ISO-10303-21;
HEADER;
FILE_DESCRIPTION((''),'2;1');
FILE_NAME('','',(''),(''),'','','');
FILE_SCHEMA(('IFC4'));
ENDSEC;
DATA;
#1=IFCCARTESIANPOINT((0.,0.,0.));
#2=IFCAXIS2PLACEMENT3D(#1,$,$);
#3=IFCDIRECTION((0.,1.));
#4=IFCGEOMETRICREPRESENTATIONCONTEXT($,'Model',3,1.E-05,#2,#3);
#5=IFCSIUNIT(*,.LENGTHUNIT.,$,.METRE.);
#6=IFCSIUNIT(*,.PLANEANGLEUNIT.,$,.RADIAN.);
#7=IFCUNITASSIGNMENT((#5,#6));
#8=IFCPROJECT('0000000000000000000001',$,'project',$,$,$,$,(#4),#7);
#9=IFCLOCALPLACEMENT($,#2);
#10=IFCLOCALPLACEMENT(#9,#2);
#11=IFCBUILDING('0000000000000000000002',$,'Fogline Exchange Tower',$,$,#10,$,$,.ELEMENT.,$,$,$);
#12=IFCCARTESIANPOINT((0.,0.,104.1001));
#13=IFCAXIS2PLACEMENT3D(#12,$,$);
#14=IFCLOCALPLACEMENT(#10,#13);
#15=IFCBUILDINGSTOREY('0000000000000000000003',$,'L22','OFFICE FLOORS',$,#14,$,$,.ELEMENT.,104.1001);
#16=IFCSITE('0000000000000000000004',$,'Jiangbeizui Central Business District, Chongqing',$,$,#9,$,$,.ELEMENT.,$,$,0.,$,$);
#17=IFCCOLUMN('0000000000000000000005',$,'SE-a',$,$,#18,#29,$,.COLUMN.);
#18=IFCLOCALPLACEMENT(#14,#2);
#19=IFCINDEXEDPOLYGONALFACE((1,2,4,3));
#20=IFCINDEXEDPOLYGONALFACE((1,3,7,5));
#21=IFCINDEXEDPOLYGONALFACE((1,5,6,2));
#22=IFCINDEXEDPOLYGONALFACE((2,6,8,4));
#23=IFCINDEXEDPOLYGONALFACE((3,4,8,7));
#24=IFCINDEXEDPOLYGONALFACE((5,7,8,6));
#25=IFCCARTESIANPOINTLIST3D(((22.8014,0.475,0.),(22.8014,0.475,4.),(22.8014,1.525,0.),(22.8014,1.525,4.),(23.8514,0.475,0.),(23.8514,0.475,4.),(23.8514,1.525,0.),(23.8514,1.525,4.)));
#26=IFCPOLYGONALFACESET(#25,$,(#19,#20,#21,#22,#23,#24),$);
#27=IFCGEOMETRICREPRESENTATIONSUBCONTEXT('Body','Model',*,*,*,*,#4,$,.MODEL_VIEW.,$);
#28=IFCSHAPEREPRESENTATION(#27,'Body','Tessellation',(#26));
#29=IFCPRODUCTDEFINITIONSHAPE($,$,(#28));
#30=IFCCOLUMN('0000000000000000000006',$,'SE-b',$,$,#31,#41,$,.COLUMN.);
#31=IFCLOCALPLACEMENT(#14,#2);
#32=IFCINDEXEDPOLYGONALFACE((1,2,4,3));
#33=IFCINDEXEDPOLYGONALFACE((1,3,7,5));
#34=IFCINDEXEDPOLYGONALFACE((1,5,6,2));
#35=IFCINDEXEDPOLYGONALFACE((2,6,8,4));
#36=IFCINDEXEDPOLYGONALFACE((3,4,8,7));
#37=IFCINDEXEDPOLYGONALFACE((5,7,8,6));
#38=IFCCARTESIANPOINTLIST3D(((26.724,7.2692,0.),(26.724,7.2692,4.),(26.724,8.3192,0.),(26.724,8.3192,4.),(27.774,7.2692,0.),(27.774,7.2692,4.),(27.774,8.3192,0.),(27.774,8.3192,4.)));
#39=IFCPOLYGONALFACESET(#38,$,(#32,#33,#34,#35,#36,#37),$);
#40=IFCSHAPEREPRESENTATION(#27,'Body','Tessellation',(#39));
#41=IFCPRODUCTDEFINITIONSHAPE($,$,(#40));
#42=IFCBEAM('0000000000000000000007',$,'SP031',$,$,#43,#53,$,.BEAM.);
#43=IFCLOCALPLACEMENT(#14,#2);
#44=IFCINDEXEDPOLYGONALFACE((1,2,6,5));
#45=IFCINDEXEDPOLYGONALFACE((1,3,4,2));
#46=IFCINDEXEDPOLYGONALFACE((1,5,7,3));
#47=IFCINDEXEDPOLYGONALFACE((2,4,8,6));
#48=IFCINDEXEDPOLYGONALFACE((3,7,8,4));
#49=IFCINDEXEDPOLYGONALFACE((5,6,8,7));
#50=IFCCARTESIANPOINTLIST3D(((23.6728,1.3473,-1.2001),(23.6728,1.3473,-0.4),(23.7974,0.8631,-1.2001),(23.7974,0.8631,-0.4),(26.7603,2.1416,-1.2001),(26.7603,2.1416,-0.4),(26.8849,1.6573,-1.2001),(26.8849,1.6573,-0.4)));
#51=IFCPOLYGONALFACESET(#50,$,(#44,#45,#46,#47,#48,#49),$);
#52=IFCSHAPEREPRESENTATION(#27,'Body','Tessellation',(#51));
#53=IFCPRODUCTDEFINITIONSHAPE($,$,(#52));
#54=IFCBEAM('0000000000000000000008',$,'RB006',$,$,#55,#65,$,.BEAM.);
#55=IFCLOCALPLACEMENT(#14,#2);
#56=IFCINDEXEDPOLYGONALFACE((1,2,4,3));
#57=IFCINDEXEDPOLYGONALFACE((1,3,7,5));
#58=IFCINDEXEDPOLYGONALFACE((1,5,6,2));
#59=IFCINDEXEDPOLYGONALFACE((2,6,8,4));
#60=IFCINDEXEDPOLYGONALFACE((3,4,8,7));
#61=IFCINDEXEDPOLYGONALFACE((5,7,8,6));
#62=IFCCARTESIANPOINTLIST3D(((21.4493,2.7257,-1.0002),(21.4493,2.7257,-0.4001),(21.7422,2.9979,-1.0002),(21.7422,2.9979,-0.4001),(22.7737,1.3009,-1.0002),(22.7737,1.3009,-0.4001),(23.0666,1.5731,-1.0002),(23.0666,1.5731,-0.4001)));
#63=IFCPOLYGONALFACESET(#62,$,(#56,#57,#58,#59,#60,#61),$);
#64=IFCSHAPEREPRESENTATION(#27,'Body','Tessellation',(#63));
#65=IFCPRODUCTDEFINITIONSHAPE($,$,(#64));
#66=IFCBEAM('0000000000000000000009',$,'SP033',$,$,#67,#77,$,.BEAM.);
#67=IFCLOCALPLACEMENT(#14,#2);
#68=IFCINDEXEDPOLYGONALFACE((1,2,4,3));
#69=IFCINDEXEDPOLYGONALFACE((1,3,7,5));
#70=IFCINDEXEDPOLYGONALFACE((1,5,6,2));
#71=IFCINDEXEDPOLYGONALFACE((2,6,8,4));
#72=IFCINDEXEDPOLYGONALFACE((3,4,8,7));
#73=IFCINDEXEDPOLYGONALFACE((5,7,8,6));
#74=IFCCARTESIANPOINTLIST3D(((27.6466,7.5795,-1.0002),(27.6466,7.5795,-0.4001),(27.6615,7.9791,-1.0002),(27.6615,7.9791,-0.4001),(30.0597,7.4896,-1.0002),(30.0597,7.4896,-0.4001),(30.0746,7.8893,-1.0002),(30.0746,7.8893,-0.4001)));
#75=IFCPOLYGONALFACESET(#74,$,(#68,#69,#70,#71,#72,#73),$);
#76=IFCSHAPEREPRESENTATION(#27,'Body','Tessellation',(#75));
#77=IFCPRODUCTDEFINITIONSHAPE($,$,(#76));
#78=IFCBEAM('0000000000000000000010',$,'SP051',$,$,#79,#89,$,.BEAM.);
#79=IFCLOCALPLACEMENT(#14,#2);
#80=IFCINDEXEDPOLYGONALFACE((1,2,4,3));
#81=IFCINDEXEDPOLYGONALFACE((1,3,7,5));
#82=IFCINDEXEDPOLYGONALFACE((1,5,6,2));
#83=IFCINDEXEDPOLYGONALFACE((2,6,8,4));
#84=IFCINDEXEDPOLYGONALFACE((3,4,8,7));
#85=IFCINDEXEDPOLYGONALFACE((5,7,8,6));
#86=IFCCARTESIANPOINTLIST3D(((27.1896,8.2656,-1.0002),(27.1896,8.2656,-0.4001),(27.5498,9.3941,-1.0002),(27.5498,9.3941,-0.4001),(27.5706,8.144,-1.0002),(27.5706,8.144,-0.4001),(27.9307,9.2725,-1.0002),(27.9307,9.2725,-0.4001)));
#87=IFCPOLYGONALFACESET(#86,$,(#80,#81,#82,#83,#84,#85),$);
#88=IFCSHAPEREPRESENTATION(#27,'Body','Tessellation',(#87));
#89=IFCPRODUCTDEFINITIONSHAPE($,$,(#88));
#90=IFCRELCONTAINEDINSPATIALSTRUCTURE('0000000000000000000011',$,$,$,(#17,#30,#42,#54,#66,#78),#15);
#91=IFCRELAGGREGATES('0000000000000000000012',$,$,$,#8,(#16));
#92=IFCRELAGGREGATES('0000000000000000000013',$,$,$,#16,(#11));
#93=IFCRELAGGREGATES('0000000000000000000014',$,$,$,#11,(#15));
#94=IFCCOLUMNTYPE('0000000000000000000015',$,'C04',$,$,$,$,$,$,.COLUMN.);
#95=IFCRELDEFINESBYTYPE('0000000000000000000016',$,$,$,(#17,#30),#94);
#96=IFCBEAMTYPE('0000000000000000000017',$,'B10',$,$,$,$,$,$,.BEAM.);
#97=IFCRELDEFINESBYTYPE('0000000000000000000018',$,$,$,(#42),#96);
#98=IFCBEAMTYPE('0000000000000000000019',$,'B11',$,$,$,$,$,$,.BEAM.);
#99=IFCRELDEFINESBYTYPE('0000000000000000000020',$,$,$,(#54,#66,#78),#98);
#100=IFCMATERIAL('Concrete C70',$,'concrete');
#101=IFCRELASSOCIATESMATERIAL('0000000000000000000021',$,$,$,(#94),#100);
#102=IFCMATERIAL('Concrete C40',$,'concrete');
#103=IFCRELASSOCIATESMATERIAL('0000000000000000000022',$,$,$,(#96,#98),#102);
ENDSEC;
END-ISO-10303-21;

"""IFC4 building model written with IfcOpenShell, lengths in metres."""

from ifc_helpers import new_model, si_unit, direction, frame, origin, origin_2d, place, context, subcontext, project, spatial, rectangle, extrude, material, material_profile, profile_set, type_object, element, save


model = new_model("IFC4")

# Units and contexts
model_context = context("Model", 3, precision=1e-05, world=origin(), true_north=direction((0.0, 1.0)))
body_context = subcontext(model_context, "Body", "Model", "MODEL_VIEW")
ifc_project = project(units=[si_unit("LENGTHUNIT", "METRE"), si_unit("PLANEANGLEUNIT", "RADIAN")], contexts=[model_context])

# Site, building, storey
site_placement = place(None, origin())
site = spatial("IfcSite", under=ifc_project, at=site_placement, Name="Jiangbeizui Central Business District, Chongqing", CompositionType="ELEMENT", RefElevation=0.0)
building_placement = place(site_placement, origin())
building = spatial("IfcBuilding", under=site, at=building_placement, Name="Fogline Exchange Tower", CompositionType="ELEMENT")
storey_placement = place(building_placement, frame((0.0, 0.0, 104.1001)))
storey = spatial("IfcBuildingStorey", under=building, at=storey_placement, Name="L22", Description="OFFICE FLOORS", CompositionType="ELEMENT", Elevation=104.1001)

# Columns
ifc_material_1 = material(Name="Concrete C70", Category="concrete")
ifc_material_profile_1 = material_profile(ifc_material_1, rectangle(XDim=1.05, YDim=1.05, at=origin_2d()), Name="RC 1050x1050")
ifc_profile_set_1 = profile_set([ifc_material_profile_1], Name="Concrete C70")
column_type = type_object("IfcColumnType", Name="C04", PredefinedType="COLUMN", material=ifc_profile_set_1)
for number, where, z_axis, x_axis, name in (
    (1, (23.3264, 1.0, 0.0), (0.0, 0.0, 1.0), (1.0, 0.0, 0.0), "SE-a"),
    (2, (27.249, 7.7942, 0.0), (0.0, 0.0, 1.0), (1.0, 0.0, 0.0), "SE-b"),
):
    element("IfcColumn", number, at=place(storey_placement, frame(where, z_axis=z_axis, x_axis=x_axis)), inside=storey, type_object=column_type, Name=name, PredefinedType="COLUMN", context=body_context, shape_type="SweptSolid", body=[
        extrude(rectangle(XDim=1.05, YDim=1.05, at=origin_2d()), origin(), (0.0, 0.0, 1.0), 4.0),
    ])

# Beams
ifc_material_2 = material(Name="Concrete C40", Category="concrete")
ifc_material_profile_2 = material_profile(ifc_material_2, rectangle(XDim=0.5, YDim=0.8, at=origin_2d()), Name="RC 500x800")
ifc_profile_set_2 = profile_set([ifc_material_profile_2], Name="Concrete C40")
beam_type_1 = type_object("IfcBeamType", Name="B10", PredefinedType="BEAM", material=ifc_profile_set_2)
beam_1_placement = place(storey_placement, frame((23.7351, 1.1052, -0.8), z_axis=(0.968471, 0.249125, 0.0), x_axis=(-0.249125, 0.968471, 0.0)))
element("IfcBeam", 3, at=beam_1_placement, inside=storey, type_object=beam_type_1, Name="SP031", PredefinedType="BEAM", context=body_context, shape_type="SweptSolid", body=[
    extrude(rectangle(XDim=0.5, YDim=0.8, at=origin_2d()), origin(), (0.0, 0.0, 1.0), 3.188),
])
ifc_material_profile_3 = material_profile(ifc_material_2, rectangle(XDim=0.3999, YDim=0.6001, at=origin_2d()), Name="RC 400x600")
ifc_profile_set_3 = profile_set([ifc_material_profile_3], Name="Concrete C40")
beam_type_2 = type_object("IfcBeamType", Name="B11", PredefinedType="BEAM", material=ifc_profile_set_3)
beam_2_placement = place(storey_placement, frame((22.9202, 1.437, -0.7002), z_axis=(-0.680846, 0.732427, 0.0), x_axis=(-0.732427, -0.680846, 0.0)))
element("IfcBeam", 4, at=beam_2_placement, inside=storey, type_object=beam_type_2, Name="RB006", PredefinedType="BEAM", context=body_context, shape_type="SweptSolid", body=[
    extrude(rectangle(XDim=0.3999, YDim=0.6001, at=origin_2d()), origin(), (0.0, 0.0, 1.0), 1.9453),
])
beam_3_placement = place(storey_placement, frame((27.6541, 7.7793, -0.7002), z_axis=(0.999308, -0.037206, 0.0), x_axis=(0.037206, 0.999308, 0.0)))
element("IfcBeam", 5, at=beam_3_placement, inside=storey, type_object=beam_type_2, Name="SP033", PredefinedType="BEAM", context=body_context, shape_type="SweptSolid", body=[
    extrude(rectangle(XDim=0.3999, YDim=0.6001, at=origin_2d()), origin(), (0.0, 0.0, 1.0), 2.4148),
])
beam_4_placement = place(storey_placement, frame((27.3801, 8.2048, -0.7002), z_axis=(0.30402, 0.952666, 0.0), x_axis=(-0.952666, 0.30402, 0.0)))
element("IfcBeam", 6, at=beam_4_placement, inside=storey, type_object=beam_type_2, Name="SP051", PredefinedType="BEAM", context=body_context, shape_type="SweptSolid", body=[
    extrude(rectangle(XDim=0.3999, YDim=0.6001, at=origin_2d()), origin(), (0.0, 0.0, 1.0), 1.1846),
])

save(model, "model.ifc")
